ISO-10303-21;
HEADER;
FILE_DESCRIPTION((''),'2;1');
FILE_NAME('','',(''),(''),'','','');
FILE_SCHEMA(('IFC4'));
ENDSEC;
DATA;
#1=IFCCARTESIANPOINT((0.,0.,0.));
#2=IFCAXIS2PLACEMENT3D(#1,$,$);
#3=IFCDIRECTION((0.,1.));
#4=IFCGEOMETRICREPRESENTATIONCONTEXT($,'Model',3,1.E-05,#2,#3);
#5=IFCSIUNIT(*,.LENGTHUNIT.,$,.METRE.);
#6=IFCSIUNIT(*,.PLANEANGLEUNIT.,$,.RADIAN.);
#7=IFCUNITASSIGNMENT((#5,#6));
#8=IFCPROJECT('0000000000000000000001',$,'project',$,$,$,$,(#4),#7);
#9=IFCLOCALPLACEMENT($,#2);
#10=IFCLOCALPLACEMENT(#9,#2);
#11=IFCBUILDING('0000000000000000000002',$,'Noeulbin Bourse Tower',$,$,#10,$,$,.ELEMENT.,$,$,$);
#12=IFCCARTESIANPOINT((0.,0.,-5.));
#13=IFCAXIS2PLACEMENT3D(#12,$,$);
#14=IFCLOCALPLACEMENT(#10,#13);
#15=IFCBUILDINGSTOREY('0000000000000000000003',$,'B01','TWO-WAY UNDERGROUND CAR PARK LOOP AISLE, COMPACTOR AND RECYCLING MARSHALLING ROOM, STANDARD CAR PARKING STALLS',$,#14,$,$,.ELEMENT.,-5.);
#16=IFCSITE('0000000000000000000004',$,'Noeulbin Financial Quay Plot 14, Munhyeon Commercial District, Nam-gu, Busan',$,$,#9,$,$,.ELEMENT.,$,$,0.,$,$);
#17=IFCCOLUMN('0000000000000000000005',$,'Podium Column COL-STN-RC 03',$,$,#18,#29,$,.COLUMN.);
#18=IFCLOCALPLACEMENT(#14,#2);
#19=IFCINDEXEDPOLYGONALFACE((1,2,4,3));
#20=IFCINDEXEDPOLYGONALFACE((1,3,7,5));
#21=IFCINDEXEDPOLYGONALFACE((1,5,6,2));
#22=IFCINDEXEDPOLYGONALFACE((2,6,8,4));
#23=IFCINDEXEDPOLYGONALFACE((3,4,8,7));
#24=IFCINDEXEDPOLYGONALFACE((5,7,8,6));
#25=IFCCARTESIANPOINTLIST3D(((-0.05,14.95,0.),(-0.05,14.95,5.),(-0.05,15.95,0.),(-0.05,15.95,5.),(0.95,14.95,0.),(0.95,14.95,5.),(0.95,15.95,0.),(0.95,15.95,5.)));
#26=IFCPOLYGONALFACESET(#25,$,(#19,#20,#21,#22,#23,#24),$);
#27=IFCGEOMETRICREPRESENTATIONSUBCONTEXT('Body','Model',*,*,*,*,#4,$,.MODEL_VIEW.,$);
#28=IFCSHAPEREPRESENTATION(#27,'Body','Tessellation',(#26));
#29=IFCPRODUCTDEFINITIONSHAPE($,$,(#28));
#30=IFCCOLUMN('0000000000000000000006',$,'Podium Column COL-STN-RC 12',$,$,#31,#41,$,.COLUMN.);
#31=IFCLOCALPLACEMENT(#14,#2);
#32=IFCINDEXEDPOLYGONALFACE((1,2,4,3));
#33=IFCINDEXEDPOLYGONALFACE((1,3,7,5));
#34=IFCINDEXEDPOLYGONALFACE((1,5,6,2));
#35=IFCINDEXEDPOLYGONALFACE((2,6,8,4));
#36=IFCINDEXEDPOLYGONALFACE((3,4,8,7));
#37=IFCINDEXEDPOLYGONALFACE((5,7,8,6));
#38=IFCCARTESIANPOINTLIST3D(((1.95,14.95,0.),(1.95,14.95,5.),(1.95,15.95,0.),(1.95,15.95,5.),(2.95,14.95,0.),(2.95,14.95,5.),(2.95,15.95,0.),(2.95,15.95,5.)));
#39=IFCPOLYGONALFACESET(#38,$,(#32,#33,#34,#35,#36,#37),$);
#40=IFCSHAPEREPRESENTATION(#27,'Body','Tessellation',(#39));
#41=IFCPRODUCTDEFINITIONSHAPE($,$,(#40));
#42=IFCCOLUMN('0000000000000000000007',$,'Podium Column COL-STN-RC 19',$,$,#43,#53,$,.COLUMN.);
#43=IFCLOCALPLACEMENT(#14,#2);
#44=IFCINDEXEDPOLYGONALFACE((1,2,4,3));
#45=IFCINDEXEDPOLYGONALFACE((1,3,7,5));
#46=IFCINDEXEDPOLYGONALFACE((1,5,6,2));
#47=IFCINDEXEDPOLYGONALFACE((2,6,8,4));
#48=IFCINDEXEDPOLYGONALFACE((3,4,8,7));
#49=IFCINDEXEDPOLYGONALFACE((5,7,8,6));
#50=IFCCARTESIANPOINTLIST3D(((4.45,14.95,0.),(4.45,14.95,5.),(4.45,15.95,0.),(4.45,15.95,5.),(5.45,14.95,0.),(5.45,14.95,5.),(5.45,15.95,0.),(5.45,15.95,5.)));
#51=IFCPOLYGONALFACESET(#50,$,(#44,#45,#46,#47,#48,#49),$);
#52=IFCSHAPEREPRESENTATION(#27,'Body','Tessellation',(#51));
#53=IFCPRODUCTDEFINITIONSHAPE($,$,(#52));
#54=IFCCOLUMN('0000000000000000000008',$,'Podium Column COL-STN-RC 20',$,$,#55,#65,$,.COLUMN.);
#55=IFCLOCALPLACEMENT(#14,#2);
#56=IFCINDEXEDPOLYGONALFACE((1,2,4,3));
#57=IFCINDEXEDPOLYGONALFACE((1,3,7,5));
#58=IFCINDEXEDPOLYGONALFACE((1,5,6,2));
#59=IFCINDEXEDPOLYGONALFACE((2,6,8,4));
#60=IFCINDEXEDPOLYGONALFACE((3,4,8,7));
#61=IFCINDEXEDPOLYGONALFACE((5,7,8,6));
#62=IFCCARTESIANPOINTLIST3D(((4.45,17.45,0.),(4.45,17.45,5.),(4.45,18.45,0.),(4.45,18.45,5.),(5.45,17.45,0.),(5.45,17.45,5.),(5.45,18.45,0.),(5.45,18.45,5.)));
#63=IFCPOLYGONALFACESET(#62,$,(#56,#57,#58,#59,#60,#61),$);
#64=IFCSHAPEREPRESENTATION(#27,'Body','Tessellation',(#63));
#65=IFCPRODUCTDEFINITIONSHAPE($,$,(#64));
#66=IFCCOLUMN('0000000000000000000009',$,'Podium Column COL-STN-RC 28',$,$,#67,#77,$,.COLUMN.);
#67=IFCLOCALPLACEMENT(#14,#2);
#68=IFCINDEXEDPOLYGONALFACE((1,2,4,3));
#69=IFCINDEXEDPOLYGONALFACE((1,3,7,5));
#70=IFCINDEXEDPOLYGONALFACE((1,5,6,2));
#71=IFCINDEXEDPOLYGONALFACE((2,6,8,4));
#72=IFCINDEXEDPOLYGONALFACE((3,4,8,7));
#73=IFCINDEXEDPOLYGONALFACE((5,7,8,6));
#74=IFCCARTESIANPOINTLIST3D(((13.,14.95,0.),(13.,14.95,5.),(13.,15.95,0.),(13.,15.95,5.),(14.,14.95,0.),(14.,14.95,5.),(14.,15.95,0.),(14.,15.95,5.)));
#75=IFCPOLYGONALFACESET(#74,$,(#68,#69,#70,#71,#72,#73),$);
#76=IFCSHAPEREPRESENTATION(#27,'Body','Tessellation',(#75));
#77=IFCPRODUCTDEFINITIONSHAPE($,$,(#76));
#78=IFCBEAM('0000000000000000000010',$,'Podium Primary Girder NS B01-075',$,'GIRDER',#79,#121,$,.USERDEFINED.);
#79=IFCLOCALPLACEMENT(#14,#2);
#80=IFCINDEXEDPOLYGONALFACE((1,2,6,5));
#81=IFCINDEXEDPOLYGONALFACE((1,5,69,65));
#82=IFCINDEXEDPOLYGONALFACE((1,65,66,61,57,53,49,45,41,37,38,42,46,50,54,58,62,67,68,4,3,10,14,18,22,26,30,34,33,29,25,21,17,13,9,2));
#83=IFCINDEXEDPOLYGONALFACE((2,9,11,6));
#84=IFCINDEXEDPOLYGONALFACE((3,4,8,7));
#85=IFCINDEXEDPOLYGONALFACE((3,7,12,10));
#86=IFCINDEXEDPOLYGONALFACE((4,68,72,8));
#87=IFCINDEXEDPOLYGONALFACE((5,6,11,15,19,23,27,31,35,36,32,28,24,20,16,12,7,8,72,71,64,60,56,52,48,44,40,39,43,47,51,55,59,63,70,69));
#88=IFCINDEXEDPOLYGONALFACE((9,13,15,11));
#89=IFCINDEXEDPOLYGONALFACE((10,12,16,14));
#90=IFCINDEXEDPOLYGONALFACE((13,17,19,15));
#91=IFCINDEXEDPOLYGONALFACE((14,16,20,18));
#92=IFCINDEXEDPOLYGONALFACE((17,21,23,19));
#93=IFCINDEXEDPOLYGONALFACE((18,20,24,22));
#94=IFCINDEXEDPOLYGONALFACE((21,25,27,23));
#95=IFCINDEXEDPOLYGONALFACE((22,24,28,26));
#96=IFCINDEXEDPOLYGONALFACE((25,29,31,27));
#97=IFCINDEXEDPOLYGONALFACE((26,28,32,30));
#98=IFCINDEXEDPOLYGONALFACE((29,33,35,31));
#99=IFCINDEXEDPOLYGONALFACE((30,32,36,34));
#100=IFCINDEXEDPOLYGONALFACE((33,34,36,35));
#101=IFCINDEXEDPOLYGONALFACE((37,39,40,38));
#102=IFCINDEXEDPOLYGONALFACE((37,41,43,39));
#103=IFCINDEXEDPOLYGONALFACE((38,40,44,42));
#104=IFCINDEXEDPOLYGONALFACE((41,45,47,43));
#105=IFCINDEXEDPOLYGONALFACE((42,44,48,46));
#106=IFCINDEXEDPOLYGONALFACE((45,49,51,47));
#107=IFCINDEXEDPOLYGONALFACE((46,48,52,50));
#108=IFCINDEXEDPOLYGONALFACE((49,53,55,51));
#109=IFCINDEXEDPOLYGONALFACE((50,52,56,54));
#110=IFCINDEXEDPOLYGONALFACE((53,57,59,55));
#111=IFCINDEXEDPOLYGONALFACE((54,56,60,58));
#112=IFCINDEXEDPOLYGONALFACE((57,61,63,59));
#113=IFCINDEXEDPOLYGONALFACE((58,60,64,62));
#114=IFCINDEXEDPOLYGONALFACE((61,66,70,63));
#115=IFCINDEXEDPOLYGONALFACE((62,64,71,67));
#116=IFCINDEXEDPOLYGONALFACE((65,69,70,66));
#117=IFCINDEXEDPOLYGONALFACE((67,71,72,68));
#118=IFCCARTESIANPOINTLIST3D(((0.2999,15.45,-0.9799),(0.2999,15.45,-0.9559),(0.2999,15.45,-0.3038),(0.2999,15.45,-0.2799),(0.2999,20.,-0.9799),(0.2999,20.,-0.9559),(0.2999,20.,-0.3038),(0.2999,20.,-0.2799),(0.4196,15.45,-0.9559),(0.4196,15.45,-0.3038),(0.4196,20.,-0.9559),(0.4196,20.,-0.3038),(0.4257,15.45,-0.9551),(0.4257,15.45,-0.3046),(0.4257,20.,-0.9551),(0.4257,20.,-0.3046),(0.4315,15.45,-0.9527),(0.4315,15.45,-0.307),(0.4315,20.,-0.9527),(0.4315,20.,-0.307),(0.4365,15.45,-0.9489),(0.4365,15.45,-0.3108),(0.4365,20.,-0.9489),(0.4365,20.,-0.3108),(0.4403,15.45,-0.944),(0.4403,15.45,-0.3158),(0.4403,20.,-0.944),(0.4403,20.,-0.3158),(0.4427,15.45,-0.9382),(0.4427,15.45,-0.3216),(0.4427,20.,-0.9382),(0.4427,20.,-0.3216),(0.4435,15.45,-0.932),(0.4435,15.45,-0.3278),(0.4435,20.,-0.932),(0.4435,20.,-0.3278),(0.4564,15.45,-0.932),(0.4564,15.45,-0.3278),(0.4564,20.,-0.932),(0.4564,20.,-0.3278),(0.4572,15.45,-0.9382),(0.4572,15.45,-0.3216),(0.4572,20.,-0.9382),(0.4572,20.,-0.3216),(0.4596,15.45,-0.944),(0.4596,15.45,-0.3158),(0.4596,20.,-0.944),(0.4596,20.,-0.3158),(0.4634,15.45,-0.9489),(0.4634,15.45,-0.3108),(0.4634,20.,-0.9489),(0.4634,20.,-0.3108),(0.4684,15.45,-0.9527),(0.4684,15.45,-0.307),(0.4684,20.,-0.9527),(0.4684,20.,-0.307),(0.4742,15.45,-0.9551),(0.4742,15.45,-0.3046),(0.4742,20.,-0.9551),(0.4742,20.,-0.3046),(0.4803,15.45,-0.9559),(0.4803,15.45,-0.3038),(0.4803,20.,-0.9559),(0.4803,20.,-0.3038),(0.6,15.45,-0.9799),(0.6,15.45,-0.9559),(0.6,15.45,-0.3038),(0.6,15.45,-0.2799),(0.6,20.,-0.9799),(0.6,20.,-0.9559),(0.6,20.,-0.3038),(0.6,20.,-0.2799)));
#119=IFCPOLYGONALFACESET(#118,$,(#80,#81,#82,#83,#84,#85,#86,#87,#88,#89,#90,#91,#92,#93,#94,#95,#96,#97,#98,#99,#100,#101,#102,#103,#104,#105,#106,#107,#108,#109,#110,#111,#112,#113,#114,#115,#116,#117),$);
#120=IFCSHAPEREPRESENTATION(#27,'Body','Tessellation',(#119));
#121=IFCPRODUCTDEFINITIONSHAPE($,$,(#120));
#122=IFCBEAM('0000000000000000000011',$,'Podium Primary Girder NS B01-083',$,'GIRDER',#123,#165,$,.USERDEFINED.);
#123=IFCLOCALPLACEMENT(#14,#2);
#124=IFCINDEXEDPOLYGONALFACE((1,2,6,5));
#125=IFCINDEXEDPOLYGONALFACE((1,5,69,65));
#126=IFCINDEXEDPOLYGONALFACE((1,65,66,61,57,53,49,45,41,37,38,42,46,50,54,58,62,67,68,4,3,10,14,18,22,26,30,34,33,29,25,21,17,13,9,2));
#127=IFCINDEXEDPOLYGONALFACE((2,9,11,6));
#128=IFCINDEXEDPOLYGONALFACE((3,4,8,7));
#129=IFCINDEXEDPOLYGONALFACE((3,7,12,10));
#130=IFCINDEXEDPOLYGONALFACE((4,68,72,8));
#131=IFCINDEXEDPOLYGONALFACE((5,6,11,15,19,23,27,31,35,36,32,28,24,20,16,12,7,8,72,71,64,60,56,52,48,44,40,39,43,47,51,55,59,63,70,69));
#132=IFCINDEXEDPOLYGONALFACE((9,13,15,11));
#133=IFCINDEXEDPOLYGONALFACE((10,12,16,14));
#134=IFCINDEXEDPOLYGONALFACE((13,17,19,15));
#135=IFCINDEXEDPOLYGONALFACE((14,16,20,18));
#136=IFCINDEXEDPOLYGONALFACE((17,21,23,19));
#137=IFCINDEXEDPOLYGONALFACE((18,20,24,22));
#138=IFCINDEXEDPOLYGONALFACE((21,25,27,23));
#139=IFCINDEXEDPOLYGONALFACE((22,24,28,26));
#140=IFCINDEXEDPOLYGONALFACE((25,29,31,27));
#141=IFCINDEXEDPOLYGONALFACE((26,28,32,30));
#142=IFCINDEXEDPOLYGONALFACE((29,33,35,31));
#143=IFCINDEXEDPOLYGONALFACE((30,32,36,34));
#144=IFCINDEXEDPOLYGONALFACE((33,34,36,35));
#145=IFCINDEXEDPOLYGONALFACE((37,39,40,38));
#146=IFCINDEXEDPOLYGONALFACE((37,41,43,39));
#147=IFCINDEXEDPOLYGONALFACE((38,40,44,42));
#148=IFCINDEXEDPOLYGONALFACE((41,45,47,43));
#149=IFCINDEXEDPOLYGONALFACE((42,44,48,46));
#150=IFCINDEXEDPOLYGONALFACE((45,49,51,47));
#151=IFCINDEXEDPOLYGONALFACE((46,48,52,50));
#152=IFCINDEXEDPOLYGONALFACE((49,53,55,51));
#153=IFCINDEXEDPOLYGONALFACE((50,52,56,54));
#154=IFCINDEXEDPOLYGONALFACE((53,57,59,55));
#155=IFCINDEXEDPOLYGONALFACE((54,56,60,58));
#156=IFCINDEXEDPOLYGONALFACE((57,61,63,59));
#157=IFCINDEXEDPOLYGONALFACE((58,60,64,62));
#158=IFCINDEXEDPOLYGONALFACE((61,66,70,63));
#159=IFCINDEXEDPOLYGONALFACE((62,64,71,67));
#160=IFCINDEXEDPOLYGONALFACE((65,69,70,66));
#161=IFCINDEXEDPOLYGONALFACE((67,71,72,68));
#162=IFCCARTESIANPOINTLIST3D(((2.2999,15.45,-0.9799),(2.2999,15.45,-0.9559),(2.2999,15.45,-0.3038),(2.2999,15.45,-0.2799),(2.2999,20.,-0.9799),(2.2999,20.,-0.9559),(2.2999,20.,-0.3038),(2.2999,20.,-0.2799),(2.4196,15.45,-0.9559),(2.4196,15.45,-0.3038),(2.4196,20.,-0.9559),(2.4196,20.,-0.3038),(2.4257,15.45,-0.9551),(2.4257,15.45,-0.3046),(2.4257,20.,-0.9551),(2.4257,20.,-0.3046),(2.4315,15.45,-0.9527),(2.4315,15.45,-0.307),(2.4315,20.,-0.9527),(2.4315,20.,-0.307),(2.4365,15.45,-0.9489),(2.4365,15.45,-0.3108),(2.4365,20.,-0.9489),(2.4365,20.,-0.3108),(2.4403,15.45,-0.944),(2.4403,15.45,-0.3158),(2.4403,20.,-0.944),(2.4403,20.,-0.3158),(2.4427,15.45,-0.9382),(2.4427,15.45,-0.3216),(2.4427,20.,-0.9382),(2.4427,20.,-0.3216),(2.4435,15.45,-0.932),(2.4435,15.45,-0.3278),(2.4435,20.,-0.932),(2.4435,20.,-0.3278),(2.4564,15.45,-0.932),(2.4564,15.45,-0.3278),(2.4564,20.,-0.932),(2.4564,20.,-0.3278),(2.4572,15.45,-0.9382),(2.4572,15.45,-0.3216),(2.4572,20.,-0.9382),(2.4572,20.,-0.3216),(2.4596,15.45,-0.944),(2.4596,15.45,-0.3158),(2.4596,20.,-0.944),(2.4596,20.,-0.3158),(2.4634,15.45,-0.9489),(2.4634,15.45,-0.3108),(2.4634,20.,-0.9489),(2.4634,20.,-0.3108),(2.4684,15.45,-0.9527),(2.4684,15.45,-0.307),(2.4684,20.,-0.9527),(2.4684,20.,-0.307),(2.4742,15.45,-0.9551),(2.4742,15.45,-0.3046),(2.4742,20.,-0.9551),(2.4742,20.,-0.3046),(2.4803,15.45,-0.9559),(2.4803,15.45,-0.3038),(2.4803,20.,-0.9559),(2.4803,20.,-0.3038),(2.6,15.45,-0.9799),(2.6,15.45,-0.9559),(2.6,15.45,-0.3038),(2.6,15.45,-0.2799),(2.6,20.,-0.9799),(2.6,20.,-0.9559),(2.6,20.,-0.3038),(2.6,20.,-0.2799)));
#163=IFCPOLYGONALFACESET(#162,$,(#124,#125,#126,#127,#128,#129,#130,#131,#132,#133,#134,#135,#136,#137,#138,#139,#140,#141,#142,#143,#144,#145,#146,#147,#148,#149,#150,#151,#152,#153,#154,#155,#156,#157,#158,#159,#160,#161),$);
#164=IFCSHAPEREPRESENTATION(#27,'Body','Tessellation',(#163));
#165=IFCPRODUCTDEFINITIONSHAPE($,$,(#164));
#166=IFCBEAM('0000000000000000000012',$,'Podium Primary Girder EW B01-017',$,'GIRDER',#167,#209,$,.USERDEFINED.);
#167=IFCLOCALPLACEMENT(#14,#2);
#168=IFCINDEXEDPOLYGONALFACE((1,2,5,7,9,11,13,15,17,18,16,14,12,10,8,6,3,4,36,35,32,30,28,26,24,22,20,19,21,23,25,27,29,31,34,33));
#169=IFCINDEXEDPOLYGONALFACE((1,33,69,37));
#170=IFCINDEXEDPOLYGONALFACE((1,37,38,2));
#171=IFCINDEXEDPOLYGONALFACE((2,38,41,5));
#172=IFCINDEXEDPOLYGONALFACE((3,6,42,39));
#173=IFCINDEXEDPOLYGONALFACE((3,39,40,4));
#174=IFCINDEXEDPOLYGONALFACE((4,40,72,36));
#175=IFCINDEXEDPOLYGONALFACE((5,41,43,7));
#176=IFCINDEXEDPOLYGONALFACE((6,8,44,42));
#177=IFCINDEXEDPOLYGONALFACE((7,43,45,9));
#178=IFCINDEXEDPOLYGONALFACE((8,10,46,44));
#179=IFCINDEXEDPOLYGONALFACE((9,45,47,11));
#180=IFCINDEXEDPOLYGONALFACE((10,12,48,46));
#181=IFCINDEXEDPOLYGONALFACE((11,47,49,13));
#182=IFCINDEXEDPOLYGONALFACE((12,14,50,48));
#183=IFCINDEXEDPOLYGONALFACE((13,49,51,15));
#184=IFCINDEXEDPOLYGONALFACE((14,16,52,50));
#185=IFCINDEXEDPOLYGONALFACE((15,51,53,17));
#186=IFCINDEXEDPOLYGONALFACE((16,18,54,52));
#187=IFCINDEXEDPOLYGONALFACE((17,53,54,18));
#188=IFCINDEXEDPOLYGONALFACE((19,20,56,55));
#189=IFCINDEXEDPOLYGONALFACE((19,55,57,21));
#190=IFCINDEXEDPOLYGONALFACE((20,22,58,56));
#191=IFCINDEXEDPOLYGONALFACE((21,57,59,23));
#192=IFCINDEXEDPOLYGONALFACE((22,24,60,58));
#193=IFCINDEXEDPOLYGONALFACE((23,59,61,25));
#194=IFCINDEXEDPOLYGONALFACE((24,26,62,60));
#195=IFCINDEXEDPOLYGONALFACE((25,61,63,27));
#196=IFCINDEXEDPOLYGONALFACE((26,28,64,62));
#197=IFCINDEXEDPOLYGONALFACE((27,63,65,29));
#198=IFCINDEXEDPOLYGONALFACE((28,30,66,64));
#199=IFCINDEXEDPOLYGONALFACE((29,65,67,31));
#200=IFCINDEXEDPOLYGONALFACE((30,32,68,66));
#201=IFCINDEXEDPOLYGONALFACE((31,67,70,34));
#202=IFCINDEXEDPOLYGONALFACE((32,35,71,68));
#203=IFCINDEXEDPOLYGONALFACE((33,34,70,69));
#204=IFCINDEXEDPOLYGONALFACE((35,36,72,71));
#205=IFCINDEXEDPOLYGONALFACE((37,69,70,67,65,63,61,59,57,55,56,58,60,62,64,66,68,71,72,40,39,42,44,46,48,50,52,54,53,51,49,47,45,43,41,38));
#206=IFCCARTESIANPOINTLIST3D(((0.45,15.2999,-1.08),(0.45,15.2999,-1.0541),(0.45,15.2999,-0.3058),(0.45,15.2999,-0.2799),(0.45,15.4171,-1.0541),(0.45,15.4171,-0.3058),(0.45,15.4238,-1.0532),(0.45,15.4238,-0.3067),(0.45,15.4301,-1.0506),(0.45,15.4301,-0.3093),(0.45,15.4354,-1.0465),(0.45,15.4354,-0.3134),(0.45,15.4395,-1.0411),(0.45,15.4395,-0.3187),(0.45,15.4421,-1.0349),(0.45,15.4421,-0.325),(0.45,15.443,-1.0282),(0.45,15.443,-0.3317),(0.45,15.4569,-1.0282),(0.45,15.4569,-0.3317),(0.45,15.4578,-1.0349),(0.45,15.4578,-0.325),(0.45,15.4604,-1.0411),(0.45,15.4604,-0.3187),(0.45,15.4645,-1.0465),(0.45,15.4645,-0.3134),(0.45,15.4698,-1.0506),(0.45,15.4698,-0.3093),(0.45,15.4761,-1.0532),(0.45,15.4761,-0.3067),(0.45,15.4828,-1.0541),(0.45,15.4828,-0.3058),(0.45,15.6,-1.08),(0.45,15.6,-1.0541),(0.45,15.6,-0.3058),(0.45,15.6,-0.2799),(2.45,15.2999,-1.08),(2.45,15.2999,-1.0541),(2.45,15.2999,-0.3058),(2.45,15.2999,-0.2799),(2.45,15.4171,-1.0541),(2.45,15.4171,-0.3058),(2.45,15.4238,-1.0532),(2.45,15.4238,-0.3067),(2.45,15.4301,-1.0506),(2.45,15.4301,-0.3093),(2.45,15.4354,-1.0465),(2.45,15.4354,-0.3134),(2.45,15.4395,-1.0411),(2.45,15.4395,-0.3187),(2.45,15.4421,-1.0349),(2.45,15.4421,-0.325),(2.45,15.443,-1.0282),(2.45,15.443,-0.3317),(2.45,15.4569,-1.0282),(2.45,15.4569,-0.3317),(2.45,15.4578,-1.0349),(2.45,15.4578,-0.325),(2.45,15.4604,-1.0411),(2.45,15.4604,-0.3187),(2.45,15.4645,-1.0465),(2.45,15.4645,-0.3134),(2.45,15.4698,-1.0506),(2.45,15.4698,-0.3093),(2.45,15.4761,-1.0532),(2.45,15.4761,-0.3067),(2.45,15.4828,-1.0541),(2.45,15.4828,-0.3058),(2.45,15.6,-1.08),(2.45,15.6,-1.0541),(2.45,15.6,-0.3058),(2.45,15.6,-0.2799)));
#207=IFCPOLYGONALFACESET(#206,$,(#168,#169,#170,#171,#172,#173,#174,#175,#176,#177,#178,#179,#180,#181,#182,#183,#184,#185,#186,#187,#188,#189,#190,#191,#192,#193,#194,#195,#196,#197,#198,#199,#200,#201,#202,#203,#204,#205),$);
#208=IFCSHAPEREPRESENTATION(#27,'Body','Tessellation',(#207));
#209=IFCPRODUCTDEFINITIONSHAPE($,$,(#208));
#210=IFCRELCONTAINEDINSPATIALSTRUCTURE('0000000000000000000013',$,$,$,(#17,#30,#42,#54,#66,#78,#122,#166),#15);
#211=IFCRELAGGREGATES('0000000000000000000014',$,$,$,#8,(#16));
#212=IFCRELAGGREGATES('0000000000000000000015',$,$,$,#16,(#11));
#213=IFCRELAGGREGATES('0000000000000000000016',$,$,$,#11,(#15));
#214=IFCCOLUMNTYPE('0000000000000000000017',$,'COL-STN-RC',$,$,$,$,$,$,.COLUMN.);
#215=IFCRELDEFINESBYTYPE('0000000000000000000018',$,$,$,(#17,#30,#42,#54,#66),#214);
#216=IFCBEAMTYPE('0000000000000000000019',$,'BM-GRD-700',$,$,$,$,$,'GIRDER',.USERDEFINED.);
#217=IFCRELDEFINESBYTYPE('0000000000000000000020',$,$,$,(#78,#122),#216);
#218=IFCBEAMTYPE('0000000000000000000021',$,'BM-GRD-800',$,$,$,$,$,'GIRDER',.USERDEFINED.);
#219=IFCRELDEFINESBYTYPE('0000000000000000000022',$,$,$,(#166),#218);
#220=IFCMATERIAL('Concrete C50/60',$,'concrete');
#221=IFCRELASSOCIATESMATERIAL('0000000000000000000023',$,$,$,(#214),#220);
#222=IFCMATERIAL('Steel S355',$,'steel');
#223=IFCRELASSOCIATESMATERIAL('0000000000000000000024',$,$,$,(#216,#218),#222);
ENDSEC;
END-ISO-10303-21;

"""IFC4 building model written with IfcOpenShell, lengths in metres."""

from ifc_helpers import new_model, si_unit, direction, frame, origin, origin_2d, place, context, subcontext, project, spatial, rectangle, i_section, extrude, material, material_profile, profile_set, type_object, element, save


model = new_model("IFC4")

# Units and contexts
model_context = context("Model", 3, precision=1e-05, world=origin(), true_north=direction((0.0, 1.0)))
body_context = subcontext(model_context, "Body", "Model", "MODEL_VIEW")
ifc_project = project(units=[si_unit("LENGTHUNIT", "METRE"), si_unit("PLANEANGLEUNIT", "RADIAN")], contexts=[model_context])

# Site, building, storey
site_placement = place(None, origin())
site = spatial("IfcSite", under=ifc_project, at=site_placement, Name="Noeulbin Financial Quay Plot 14, Munhyeon Commercial District, Nam-gu, Busan", CompositionType="ELEMENT", RefElevation=0.0)
building_placement = place(site_placement, origin())
building = spatial("IfcBuilding", under=site, at=building_placement, Name="Noeulbin Bourse Tower", CompositionType="ELEMENT")
storey_placement = place(building_placement, frame((0.0, 0.0, -5.0)))
storey = spatial("IfcBuildingStorey", under=building, at=storey_placement, Name="B01", Description="TWO-WAY UNDERGROUND CAR PARK LOOP AISLE, COMPACTOR AND RECYCLING MARSHALLING ROOM, STANDARD CAR PARKING STALLS", CompositionType="ELEMENT", Elevation=-5.0)

# Columns
ifc_material_1 = material(Name="Concrete C50/60", Category="concrete")
ifc_material_profile_1 = material_profile(ifc_material_1, rectangle(XDim=1.0, YDim=1.0, at=origin_2d()), Name="RC-COL-1000x1000", Category="LoadBearing")
ifc_profile_set_1 = profile_set([ifc_material_profile_1], Name="Concrete C50/60")
column_type = type_object("IfcColumnType", Name="COL-STN-RC", PredefinedType="COLUMN", material=ifc_profile_set_1)
for number, where, z_axis, x_axis, name in (
    (1, (0.45, 15.45, 0.0), (0.0, 0.0, 1.0), (1.0, 0.0, 0.0), "Podium Column COL-STN-RC 03"),
    (2, (2.45, 15.45, 0.0), (0.0, 0.0, 1.0), (1.0, 0.0, 0.0), "Podium Column COL-STN-RC 12"),
    (3, (4.95, 15.45, 0.0), (0.0, 0.0, 1.0), (1.0, 0.0, 0.0), "Podium Column COL-STN-RC 19"),
    (4, (4.95, 17.95, 0.0), (0.0, 0.0, 1.0), (1.0, 0.0, 0.0), "Podium Column COL-STN-RC 20"),
    (5, (13.5, 15.45, 0.0), (0.0, 0.0, 1.0), (1.0, 0.0, 0.0), "Podium Column COL-STN-RC 28"),
):
    element("IfcColumn", number, at=place(storey_placement, frame(where, z_axis=z_axis, x_axis=x_axis)), inside=storey, type_object=column_type, Name=name, PredefinedType="COLUMN", context=body_context, shape_type="SweptSolid", body=[
        extrude(rectangle(XDim=1.0, YDim=1.0, at=origin_2d()), origin(), (0.0, 0.0, 1.0), 5.0),
    ])

# Beams
ifc_material_2 = material(Name="Steel S355", Category="steel")
ifc_material_profile_2 = material_profile(ifc_material_2, i_section(OverallWidth=0.3, OverallDepth=0.7, WebThickness=0.0129, FlangeThickness=0.0239, FilletRadius=0.0239, at=origin_2d()), Name="H-700x300x13x24", Category="LoadBearing")
ifc_profile_set_2 = profile_set([ifc_material_profile_2], Name="Steel S355")
beam_type_1 = type_object("IfcBeamType", Name="BM-GRD-700", ElementType="GIRDER", PredefinedType="USERDEFINED", material=ifc_profile_set_2)
for number, where, z_axis, x_axis, name in (
    (6, (0.45, 15.45, -0.6299), (0.0, 1.0, 0.0), (-1.0, 0.0, 0.0), "Podium Primary Girder NS B01-075"),
    (7, (2.45, 15.45, -0.6299), (0.0, 1.0, 0.0), (-1.0, 0.0, 0.0), "Podium Primary Girder NS B01-083"),
):
    element("IfcBeam", number, at=place(storey_placement, frame(where, z_axis=z_axis, x_axis=x_axis)), inside=storey, type_object=beam_type_1, Name=name, ObjectType="GIRDER", PredefinedType="USERDEFINED", context=body_context, shape_type="SweptSolid", body=[
        extrude(i_section(OverallWidth=0.3, OverallDepth=0.7, WebThickness=0.0129, FlangeThickness=0.0239, FilletRadius=0.0239, at=origin_2d()), origin(), (0.0, 0.0, 1.0), 4.55),
    ])
ifc_material_profile_3 = material_profile(ifc_material_2, i_section(OverallWidth=0.3, OverallDepth=0.8, WebThickness=0.0139, FlangeThickness=0.0259, FilletRadius=0.0259, at=origin_2d()), Name="H-800x300x14x26", Category="LoadBearing")
ifc_profile_set_3 = profile_set([ifc_material_profile_3], Name="Steel S355")
beam_type_2 = type_object("IfcBeamType", Name="BM-GRD-800", ElementType="GIRDER", PredefinedType="USERDEFINED", material=ifc_profile_set_3)
beam_1_placement = place(storey_placement, frame((0.45, 15.45, -0.6799), z_axis=(1.0, 0.0, 0.0), x_axis=(0.0, 1.0, 0.0)))
element("IfcBeam", 8, at=beam_1_placement, inside=storey, type_object=beam_type_2, Name="Podium Primary Girder EW B01-017", ObjectType="GIRDER", PredefinedType="USERDEFINED", context=body_context, shape_type="SweptSolid", body=[
    extrude(i_section(OverallWidth=0.3, OverallDepth=0.8, WebThickness=0.0139, FlangeThickness=0.0259, FilletRadius=0.0259, at=origin_2d()), origin(), (0.0, 0.0, 1.0), 2.0),
])

save(model, "model.ifc")
